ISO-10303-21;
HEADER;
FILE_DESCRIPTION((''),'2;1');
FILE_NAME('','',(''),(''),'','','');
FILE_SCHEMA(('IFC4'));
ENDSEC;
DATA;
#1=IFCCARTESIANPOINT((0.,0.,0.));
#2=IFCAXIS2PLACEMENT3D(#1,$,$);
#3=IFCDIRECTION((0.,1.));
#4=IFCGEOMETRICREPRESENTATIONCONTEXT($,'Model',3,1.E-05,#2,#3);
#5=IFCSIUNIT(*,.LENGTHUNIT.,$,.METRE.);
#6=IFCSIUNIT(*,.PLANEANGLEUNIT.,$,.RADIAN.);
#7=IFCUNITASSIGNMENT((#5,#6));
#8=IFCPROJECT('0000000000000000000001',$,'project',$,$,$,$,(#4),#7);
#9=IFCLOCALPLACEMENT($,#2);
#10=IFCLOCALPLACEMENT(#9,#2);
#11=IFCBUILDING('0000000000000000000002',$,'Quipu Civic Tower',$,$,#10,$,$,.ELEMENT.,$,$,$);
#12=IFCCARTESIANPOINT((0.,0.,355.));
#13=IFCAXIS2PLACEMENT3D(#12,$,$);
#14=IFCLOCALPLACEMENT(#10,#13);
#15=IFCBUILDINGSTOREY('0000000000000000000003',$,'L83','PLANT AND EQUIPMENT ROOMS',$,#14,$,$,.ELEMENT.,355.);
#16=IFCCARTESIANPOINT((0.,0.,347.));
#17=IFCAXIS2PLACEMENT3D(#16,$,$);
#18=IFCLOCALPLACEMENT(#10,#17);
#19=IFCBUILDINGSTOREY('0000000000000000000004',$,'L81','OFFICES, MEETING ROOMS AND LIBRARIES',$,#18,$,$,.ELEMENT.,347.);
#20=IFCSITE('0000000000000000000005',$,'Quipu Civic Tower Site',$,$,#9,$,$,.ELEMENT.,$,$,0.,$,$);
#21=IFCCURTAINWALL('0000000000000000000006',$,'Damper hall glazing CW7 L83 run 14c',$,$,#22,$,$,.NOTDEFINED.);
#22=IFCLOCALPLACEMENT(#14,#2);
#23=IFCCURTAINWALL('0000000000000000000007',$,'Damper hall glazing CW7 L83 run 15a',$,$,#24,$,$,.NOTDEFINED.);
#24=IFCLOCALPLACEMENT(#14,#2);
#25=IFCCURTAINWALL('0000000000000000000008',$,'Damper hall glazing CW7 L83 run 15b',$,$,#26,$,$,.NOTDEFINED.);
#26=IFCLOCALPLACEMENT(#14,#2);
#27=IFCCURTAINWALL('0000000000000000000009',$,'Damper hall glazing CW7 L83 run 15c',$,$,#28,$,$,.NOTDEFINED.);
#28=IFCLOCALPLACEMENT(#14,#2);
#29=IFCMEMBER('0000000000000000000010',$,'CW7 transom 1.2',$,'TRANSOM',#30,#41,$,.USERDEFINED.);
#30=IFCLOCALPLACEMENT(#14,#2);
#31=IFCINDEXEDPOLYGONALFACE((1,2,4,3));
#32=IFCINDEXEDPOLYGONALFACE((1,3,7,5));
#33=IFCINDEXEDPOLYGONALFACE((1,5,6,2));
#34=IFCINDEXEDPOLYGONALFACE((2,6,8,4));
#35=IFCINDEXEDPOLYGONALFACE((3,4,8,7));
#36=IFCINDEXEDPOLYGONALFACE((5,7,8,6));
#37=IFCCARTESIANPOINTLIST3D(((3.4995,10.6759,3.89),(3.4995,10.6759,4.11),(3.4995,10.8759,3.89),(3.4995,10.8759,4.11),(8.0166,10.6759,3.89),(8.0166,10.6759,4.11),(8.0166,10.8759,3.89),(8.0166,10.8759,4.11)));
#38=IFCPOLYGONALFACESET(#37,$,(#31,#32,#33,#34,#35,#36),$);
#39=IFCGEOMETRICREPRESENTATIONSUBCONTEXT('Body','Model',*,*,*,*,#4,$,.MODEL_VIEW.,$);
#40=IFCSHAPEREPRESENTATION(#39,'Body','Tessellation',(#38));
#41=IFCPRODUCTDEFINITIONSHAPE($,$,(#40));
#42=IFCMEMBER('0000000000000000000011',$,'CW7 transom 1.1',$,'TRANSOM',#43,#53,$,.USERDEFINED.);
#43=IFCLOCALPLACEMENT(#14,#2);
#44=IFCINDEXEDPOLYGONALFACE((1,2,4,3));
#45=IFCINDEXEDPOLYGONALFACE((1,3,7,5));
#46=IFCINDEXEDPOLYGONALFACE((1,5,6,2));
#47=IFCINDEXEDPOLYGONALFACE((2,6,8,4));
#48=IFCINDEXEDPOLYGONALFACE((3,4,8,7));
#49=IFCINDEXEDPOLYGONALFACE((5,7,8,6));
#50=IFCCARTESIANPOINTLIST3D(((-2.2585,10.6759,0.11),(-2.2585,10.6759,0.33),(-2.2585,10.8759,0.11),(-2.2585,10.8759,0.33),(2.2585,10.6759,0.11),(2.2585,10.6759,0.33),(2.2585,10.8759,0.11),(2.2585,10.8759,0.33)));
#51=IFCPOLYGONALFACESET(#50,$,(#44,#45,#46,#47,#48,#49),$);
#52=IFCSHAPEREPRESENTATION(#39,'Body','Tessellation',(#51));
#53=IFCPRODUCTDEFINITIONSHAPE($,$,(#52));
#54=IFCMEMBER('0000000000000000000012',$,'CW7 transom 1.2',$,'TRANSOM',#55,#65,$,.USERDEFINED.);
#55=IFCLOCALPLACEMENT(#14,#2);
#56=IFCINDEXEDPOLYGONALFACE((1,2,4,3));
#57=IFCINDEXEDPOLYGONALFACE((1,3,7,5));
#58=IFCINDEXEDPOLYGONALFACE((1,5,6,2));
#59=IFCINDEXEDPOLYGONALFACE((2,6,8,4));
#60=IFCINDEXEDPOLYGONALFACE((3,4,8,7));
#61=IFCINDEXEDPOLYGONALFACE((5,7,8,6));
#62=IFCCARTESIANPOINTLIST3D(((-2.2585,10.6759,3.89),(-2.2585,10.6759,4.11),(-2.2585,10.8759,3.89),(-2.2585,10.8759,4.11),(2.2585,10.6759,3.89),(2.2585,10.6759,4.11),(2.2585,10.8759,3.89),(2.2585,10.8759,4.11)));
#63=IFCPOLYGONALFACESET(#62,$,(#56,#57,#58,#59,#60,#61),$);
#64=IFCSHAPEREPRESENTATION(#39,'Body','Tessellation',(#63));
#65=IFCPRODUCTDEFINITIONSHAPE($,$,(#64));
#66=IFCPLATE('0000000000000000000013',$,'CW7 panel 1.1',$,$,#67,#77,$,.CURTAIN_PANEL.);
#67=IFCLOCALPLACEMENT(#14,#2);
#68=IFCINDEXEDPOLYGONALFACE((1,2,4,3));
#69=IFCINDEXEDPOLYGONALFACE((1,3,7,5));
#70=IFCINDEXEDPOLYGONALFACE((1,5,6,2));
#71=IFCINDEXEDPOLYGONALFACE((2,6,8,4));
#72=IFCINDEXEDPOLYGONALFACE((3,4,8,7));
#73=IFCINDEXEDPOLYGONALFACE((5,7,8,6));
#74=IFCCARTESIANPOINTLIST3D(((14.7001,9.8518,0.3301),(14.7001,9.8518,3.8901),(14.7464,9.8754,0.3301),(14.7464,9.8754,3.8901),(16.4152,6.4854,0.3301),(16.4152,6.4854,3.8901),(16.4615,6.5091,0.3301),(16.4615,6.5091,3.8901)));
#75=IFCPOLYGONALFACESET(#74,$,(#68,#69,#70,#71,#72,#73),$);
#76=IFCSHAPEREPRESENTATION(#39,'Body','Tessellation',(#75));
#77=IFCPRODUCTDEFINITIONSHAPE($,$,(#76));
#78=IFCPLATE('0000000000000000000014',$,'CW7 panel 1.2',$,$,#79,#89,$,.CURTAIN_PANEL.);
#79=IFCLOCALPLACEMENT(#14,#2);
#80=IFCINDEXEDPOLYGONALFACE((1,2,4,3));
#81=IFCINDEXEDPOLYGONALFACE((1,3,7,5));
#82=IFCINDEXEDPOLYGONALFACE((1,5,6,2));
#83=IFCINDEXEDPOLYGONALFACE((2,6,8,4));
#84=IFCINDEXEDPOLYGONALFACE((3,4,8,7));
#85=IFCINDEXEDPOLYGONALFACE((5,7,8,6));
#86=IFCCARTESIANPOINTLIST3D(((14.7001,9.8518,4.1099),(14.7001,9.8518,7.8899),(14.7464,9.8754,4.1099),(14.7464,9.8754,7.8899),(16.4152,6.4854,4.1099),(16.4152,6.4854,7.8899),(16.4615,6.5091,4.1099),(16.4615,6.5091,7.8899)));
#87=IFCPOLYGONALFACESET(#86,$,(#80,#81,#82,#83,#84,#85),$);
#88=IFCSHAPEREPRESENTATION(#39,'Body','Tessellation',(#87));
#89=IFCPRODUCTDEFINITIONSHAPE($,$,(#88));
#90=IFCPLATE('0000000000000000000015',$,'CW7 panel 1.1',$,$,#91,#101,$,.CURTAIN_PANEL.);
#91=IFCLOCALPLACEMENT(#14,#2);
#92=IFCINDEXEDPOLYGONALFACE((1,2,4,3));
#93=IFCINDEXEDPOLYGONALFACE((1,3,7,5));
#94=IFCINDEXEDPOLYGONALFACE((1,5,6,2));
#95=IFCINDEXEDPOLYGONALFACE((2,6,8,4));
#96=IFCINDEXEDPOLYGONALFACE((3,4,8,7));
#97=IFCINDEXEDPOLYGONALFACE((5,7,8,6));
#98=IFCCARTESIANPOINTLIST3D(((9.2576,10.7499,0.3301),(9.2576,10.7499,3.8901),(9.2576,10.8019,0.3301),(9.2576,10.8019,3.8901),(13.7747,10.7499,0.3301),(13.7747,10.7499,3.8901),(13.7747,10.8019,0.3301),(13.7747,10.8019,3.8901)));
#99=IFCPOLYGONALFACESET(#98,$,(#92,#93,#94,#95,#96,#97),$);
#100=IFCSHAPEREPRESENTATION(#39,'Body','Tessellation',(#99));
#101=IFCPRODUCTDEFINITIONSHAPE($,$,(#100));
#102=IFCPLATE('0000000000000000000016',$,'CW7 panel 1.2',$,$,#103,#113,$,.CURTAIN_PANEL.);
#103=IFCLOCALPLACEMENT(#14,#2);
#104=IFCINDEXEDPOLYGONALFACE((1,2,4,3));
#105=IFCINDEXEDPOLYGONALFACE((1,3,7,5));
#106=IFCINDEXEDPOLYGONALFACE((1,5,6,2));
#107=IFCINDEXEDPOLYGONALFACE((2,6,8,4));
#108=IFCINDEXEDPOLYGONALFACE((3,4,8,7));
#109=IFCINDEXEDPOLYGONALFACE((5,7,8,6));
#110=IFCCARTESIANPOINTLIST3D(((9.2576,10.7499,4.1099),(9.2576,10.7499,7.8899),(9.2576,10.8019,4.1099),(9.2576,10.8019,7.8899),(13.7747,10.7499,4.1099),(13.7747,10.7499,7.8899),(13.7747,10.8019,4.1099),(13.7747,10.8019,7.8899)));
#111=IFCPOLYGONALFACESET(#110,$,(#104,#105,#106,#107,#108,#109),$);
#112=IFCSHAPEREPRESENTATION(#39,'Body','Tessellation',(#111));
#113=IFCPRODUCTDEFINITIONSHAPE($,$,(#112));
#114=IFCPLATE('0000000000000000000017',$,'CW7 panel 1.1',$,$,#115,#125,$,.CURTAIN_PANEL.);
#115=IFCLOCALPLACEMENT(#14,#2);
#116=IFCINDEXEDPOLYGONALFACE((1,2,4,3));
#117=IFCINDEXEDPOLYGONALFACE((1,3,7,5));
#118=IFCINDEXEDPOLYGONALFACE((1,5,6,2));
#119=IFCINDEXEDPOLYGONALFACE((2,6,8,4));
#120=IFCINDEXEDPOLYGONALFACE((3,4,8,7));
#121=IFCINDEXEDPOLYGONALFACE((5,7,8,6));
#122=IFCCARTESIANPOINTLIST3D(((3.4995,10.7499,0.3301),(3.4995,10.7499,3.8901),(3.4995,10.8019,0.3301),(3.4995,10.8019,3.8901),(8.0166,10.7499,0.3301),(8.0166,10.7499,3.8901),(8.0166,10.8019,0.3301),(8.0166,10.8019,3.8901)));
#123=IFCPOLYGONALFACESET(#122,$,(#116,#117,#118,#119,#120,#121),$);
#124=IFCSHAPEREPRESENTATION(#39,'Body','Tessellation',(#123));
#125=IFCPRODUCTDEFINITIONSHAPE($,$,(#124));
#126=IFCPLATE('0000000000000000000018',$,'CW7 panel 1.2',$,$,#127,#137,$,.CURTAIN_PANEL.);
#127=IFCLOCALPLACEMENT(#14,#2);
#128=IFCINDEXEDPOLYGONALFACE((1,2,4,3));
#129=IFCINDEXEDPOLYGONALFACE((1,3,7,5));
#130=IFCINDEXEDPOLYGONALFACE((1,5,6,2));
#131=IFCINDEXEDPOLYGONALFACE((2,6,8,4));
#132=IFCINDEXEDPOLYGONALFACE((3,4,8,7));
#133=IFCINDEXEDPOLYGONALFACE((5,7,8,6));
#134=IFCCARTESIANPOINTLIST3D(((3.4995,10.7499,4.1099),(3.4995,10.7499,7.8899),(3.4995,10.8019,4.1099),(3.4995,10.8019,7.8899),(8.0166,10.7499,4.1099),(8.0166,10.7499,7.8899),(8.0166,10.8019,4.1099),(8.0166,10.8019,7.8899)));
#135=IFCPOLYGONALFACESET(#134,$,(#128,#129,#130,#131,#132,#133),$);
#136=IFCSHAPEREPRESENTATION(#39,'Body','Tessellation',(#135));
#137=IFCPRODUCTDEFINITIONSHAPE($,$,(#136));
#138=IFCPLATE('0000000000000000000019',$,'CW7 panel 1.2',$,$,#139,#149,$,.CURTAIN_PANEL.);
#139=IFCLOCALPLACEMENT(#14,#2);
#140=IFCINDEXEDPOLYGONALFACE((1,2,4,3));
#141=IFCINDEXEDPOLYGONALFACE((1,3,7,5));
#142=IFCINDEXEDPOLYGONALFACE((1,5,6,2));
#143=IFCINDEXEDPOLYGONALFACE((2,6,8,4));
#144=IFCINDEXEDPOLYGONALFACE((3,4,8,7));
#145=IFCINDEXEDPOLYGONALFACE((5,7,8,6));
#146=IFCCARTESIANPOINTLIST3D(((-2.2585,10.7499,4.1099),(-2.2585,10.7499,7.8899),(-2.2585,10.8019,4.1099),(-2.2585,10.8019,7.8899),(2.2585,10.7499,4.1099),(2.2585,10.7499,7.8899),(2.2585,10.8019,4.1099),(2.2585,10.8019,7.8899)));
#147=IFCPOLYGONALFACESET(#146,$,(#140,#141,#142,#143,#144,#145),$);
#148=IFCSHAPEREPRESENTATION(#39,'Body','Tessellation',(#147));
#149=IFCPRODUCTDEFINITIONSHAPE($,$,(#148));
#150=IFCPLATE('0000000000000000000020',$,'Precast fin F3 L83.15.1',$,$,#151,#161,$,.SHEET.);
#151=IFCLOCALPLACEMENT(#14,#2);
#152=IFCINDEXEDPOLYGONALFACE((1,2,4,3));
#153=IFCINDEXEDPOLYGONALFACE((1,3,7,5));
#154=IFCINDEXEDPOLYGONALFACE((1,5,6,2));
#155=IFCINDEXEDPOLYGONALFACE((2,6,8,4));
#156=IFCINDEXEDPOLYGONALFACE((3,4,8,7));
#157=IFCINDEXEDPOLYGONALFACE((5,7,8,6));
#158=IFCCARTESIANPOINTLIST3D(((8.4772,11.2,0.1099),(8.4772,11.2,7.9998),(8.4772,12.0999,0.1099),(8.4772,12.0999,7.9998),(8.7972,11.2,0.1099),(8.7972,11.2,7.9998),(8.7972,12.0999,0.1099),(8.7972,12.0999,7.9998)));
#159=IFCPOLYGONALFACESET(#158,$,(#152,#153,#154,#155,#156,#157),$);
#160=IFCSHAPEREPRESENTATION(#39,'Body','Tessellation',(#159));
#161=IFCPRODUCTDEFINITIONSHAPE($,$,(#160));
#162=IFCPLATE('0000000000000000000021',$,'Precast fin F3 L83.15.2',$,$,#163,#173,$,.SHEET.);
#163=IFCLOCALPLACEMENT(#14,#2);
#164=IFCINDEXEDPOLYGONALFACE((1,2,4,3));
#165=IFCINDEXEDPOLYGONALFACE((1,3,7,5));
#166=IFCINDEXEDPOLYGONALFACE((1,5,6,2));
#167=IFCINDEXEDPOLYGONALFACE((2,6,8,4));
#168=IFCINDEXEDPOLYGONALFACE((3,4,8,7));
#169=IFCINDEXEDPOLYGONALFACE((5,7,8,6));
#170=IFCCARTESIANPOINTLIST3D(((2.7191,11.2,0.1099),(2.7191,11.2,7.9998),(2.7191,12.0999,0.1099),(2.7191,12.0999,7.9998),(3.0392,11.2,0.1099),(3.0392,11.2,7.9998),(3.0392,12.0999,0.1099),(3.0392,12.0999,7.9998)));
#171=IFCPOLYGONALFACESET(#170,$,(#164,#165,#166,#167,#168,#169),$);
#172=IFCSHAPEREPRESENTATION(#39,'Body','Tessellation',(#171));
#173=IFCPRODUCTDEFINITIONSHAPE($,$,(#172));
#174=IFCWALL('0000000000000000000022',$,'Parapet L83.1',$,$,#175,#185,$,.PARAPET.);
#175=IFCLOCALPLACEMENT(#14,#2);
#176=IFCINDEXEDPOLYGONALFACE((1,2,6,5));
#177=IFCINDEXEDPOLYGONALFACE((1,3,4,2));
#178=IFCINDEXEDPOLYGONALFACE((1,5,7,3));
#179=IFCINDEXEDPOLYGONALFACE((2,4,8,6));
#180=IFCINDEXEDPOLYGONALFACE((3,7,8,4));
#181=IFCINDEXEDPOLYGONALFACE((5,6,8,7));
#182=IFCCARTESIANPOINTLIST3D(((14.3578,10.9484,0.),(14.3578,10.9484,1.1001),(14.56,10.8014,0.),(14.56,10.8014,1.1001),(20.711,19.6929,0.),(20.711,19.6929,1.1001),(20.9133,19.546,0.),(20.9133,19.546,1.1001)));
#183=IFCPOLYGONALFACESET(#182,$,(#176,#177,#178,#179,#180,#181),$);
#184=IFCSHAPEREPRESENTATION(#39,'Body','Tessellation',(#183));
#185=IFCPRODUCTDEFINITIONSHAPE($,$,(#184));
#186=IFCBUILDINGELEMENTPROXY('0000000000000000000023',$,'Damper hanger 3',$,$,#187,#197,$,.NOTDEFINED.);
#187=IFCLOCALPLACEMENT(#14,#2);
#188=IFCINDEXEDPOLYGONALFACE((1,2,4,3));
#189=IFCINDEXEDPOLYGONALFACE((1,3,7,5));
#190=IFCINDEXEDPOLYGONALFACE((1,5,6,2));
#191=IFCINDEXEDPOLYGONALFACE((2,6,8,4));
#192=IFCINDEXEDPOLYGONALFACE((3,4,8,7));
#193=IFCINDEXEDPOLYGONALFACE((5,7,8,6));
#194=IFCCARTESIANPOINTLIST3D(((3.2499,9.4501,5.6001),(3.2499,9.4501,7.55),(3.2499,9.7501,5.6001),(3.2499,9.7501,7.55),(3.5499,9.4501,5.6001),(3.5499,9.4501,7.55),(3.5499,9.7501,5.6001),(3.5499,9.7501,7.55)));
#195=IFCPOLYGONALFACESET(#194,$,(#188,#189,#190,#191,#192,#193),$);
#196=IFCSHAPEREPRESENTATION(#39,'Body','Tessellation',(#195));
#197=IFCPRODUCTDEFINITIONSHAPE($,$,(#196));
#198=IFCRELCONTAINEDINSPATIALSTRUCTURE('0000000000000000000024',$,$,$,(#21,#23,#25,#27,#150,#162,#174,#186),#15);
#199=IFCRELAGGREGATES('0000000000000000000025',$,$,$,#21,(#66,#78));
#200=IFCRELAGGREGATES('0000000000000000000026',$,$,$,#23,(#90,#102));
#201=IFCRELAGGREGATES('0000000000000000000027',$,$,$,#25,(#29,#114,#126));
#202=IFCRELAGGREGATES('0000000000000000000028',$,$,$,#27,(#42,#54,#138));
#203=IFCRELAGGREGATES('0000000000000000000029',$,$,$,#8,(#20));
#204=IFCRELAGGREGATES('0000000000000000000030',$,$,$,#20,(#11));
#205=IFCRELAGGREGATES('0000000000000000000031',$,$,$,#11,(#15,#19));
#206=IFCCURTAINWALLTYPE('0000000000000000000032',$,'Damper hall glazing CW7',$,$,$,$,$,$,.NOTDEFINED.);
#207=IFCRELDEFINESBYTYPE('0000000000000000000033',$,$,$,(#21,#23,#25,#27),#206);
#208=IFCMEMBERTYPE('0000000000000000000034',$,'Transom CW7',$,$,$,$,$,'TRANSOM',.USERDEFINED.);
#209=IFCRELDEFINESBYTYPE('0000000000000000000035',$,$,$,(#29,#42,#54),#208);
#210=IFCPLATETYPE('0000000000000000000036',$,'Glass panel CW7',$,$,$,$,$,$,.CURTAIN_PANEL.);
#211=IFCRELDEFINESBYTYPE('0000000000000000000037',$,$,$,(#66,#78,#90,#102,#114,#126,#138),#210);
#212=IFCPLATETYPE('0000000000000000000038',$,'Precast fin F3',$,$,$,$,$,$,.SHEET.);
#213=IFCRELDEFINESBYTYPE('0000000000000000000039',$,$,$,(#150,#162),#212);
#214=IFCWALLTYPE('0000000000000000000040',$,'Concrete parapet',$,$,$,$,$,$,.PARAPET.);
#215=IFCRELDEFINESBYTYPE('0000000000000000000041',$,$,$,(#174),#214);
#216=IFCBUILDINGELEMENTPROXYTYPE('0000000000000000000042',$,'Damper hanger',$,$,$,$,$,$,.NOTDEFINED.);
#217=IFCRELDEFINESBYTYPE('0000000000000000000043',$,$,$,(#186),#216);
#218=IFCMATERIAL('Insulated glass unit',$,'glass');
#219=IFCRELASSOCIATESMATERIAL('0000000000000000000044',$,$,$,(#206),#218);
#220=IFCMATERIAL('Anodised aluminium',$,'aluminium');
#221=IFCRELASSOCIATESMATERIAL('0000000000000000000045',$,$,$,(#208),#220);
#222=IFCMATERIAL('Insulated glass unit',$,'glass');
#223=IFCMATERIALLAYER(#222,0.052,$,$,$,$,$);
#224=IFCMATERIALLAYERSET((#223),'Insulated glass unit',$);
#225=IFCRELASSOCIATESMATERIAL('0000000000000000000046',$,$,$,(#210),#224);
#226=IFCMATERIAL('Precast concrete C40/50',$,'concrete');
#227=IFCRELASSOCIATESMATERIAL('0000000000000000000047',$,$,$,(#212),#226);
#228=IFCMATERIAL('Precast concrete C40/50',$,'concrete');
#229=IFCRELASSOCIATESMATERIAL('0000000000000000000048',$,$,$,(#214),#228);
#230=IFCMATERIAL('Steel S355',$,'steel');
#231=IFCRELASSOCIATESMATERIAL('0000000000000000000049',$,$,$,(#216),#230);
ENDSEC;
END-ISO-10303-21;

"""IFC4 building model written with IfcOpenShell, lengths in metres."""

from ifc_helpers import new_model, si_unit, direction, frame, frame_2d, origin, origin_2d, place, context, subcontext, project, spatial, rectangle, extrude, material, layer, layer_set, material_profile, profile_set, type_object, element, aggregate, save


model = new_model("IFC4")

# Units and contexts
model_context = context("Model", 3, precision=1e-05, world=origin(), true_north=direction((0.0, 1.0)))
body_context = subcontext(model_context, "Body", "Model", "MODEL_VIEW")
ifc_project = project(units=[si_unit("LENGTHUNIT", "METRE"), si_unit("PLANEANGLEUNIT", "RADIAN")], contexts=[model_context])

# Site, building, storey
site_placement = place(None, origin())
site = spatial("IfcSite", under=ifc_project, at=site_placement, Name="Quipu Civic Tower Site", CompositionType="ELEMENT", RefElevation=0.0)
building_placement = place(site_placement, origin())
building = spatial("IfcBuilding", under=site, at=building_placement, Name="Quipu Civic Tower", CompositionType="ELEMENT")
storey_1_placement = place(building_placement, frame((0.0, 0.0, 355.0)))
storey_1 = spatial("IfcBuildingStorey", under=building, at=storey_1_placement, Name="L83", Description="PLANT AND EQUIPMENT ROOMS", CompositionType="ELEMENT", Elevation=355.0)

# Curtain wall
ifc_material_1 = material(Name="Insulated glass unit", Category="glass")
curtain_wall_type_1 = type_object("IfcCurtainWallType", Name="Damper hall glazing CW7", PredefinedType="NOTDEFINED", material=ifc_material_1)
curtain_wall_1_placement = place(storey_1_placement, origin())
curtain_wall_1 = element("IfcCurtainWall", 1, at=curtain_wall_1_placement, inside=storey_1, type_object=curtain_wall_type_1, Name="Damper hall glazing CW7 L83 run 14c", PredefinedType="NOTDEFINED")

# Curtain walls
curtain_wall_2_placement = place(storey_1_placement, origin())
curtain_wall_2 = element("IfcCurtainWall", 2, at=curtain_wall_2_placement, inside=storey_1, type_object=curtain_wall_type_1, Name="Damper hall glazing CW7 L83 run 15a", PredefinedType="NOTDEFINED")
curtain_wall_3_placement = place(storey_1_placement, origin())
curtain_wall_3 = element("IfcCurtainWall", 3, at=curtain_wall_3_placement, inside=storey_1, type_object=curtain_wall_type_1, Name="Damper hall glazing CW7 L83 run 15b", PredefinedType="NOTDEFINED")

# Curtain wall
curtain_wall_4_placement = place(storey_1_placement, origin())
curtain_wall_4 = element("IfcCurtainWall", 4, at=curtain_wall_4_placement, inside=storey_1, type_object=curtain_wall_type_1, Name="Damper hall glazing CW7 L83 run 15c", PredefinedType="NOTDEFINED")

# Shared definitions
storey_2_placement = place(building_placement, frame((0.0, 0.0, 347.0)))
storey_2 = spatial("IfcBuildingStorey", under=building, at=storey_2_placement, Name="L81", Description="OFFICES, MEETING ROOMS AND LIBRARIES", CompositionType="ELEMENT", Elevation=347.0)

# Members
ifc_material_2 = material(Name="Anodised aluminium", Category="aluminium")
ifc_material_profile_1 = material_profile(ifc_material_2, rectangle(XDim=0.2, YDim=0.22, at=origin_2d()), Name="RECT 200x220")
ifc_profile_set_1 = profile_set([ifc_material_profile_1], Name="Anodised aluminium")
member_type_1 = type_object("IfcMemberType", Name="Transom CW7", ElementType="TRANSOM", PredefinedType="USERDEFINED", material=ifc_profile_set_1)
member_1_placement = place(storey_1_placement, frame((8.0166, 10.7759, 4.0), z_axis=(-1.0, 0.0, 0.0), x_axis=(0.0, -1.0, 0.0)))
member_1 = element("IfcMember", 5, at=member_1_placement, type_object=member_type_1, Name="CW7 transom 1.2", ObjectType="TRANSOM", PredefinedType="USERDEFINED", context=body_context, shape_type="SweptSolid", body=[
    extrude(rectangle(XDim=0.2, YDim=0.22, at=origin_2d()), origin(), (0.0, 0.0, 1.0), 4.5171),
])
member_2_placement = place(storey_1_placement, frame((2.2585, 10.7759, 0.22), z_axis=(-1.0, 0.0, 0.0), x_axis=(0.0, -1.0, 0.0)))
member_2 = element("IfcMember", 6, at=member_2_placement, type_object=member_type_1, Name="CW7 transom 1.1", ObjectType="TRANSOM", PredefinedType="USERDEFINED", context=body_context, shape_type="SweptSolid", body=[
    extrude(rectangle(XDim=0.2, YDim=0.22, at=origin_2d()), origin(), (0.0, 0.0, 1.0), 4.5171),
])
member_3_placement = place(storey_1_placement, frame((2.2585, 10.7759, 4.0), z_axis=(-1.0, 0.0, 0.0), x_axis=(0.0, -1.0, 0.0)))
member_3 = element("IfcMember", 7, at=member_3_placement, type_object=member_type_1, Name="CW7 transom 1.2", ObjectType="TRANSOM", PredefinedType="USERDEFINED", context=body_context, shape_type="SweptSolid", body=[
    extrude(rectangle(XDim=0.2, YDim=0.22, at=origin_2d()), origin(), (0.0, 0.0, 1.0), 4.5171),
])

# Plates
ifc_material_3 = material(Name="Insulated glass unit", Category="glass")
ifc_layer = layer(ifc_material_3, 0.052)
ifc_layer_set = layer_set([ifc_layer], Name="Insulated glass unit")
plate_type_1 = type_object("IfcPlateType", Name="Glass panel CW7", PredefinedType="CURTAIN_PANEL", material=ifc_layer_set)
plate_1_placement = place(storey_1_placement, frame((15.5808, 8.1804, 0.3301), z_axis=(0.0, 0.0, 1.0), x_axis=(-0.453967, 0.891018, 0.0)))
plate_1 = element("IfcPlate", 8, at=plate_1_placement, type_object=plate_type_1, Name="CW7 panel 1.1", PredefinedType="CURTAIN_PANEL", context=body_context, shape_type="SweptSolid", body=[
    extrude(rectangle(XDim=3.7781, YDim=0.052, at=origin_2d()), origin(), (0.0, 0.0, 1.0), 3.5601),
])
plate_2_placement = place(storey_1_placement, frame((15.5808, 8.1804, 4.1099), z_axis=(0.0, 0.0, 1.0), x_axis=(-0.453967, 0.891018, 0.0)))
plate_2 = element("IfcPlate", 9, at=plate_2_placement, type_object=plate_type_1, Name="CW7 panel 1.2", PredefinedType="CURTAIN_PANEL", context=body_context, shape_type="SweptSolid", body=[
    extrude(rectangle(XDim=3.7781, YDim=0.052, at=origin_2d()), origin(), (0.0, 0.0, 1.0), 3.78),
])
aggregate(curtain_wall_1, [plate_1, plate_2])
plate_3_placement = place(storey_1_placement, frame((11.5161, 10.7759, 0.3301), z_axis=(0.0, 0.0, 1.0), x_axis=(-1.0, 0.0, 0.0)))
plate_3 = element("IfcPlate", 10, at=plate_3_placement, type_object=plate_type_1, Name="CW7 panel 1.1", PredefinedType="CURTAIN_PANEL", context=body_context, shape_type="SweptSolid", body=[
    extrude(rectangle(XDim=4.5171, YDim=0.052, at=origin_2d()), origin(), (0.0, 0.0, 1.0), 3.5601),
])
plate_4_placement = place(storey_1_placement, frame((11.5161, 10.7759, 4.1099), z_axis=(0.0, 0.0, 1.0), x_axis=(-1.0, 0.0, 0.0)))
plate_4 = element("IfcPlate", 11, at=plate_4_placement, type_object=plate_type_1, Name="CW7 panel 1.2", PredefinedType="CURTAIN_PANEL", context=body_context, shape_type="SweptSolid", body=[
    extrude(rectangle(XDim=4.5171, YDim=0.052, at=origin_2d()), origin(), (0.0, 0.0, 1.0), 3.78),
])
aggregate(curtain_wall_2, [plate_3, plate_4])
plate_5_placement = place(storey_1_placement, frame((5.7581, 10.7759, 0.3301), z_axis=(0.0, 0.0, 1.0), x_axis=(-1.0, 0.0, 0.0)))
plate_5 = element("IfcPlate", 12, at=plate_5_placement, type_object=plate_type_1, Name="CW7 panel 1.1", PredefinedType="CURTAIN_PANEL", context=body_context, shape_type="SweptSolid", body=[
    extrude(rectangle(XDim=4.5171, YDim=0.052, at=origin_2d()), origin(), (0.0, 0.0, 1.0), 3.5601),
])
plate_6_placement = place(storey_1_placement, frame((5.7581, 10.7759, 4.1099), z_axis=(0.0, 0.0, 1.0), x_axis=(-1.0, 0.0, 0.0)))
plate_6 = element("IfcPlate", 13, at=plate_6_placement, type_object=plate_type_1, Name="CW7 panel 1.2", PredefinedType="CURTAIN_PANEL", context=body_context, shape_type="SweptSolid", body=[
    extrude(rectangle(XDim=4.5171, YDim=0.052, at=origin_2d()), origin(), (0.0, 0.0, 1.0), 3.78),
])
aggregate(curtain_wall_3, [member_1, plate_5, plate_6])
plate_7_placement = place(storey_1_placement, frame((0.0, 10.7759, 4.1099), z_axis=(0.0, 0.0, 1.0), x_axis=(-1.0, 0.0, 0.0)))
plate_7 = element("IfcPlate", 14, at=plate_7_placement, type_object=plate_type_1, Name="CW7 panel 1.2", PredefinedType="CURTAIN_PANEL", context=body_context, shape_type="SweptSolid", body=[
    extrude(rectangle(XDim=4.5171, YDim=0.052, at=origin_2d()), origin(), (0.0, 0.0, 1.0), 3.78),
])
aggregate(curtain_wall_4, [member_2, member_3, plate_7])

# Plates
ifc_material_4 = material(Name="Precast concrete C40/50", Category="concrete")
plate_type_2 = type_object("IfcPlateType", Name="Precast fin F3", PredefinedType="SHEET", material=ifc_material_4)
for number, where, z_axis, x_axis, name in (
    (15, (8.6372, 11.6499, 0.1099), (0.0, 0.0, 1.0), (-1.0, 0.0, 0.0), "Precast fin F3 L83.15.1"),
    (16, (2.8792, 11.6499, 0.1099), (0.0, 0.0, 1.0), (-1.0, 0.0, 0.0), "Precast fin F3 L83.15.2"),
):
    element("IfcPlate", number, at=place(storey_1_placement, frame(where, z_axis=z_axis, x_axis=x_axis)), inside=storey_1, type_object=plate_type_2, Name=name, PredefinedType="SHEET", context=body_context, shape_type="SweptSolid", body=[
        extrude(rectangle(XDim=0.3201, YDim=0.8999, at=origin_2d()), origin(), (0.0, 0.0, 1.0), 7.8899),
    ])

# Wall
ifc_material_5 = material(Name="Precast concrete C40/50", Category="concrete")
wall_type = type_object("IfcWallType", Name="Concrete parapet", PredefinedType="PARAPET", material=ifc_material_5)
wall_placement = place(storey_1_placement, frame((14.459, 10.875, 0.0), z_axis=(0.0, 0.0, 1.0), x_axis=(0.587781, 0.80902, 0.0)))
element("IfcWall", 17, at=wall_placement, inside=storey_1, type_object=wall_type, Name="Parapet L83.1", PredefinedType="PARAPET", context=body_context, shape_type="SweptSolid", body=[
    extrude(rectangle(XDim=10.8088, YDim=0.25, at=frame_2d((5.4043, 0.0))), origin(), (0.0, 0.0, 1.0), 1.1001),
])

# Building element proxy
ifc_material_6 = material(Name="Steel S355", Category="steel")
building_element_proxy_type = type_object("IfcBuildingElementProxyType", Name="Damper hanger", PredefinedType="NOTDEFINED", material=ifc_material_6)
proxy_placement = place(storey_1_placement, frame((3.3999, 9.6001, 5.6001), z_axis=(0.0, 0.0, 1.0), x_axis=(1.0, 0.0, 0.0)))
element("IfcBuildingElementProxy", 18, at=proxy_placement, inside=storey_1, type_object=building_element_proxy_type, Name="Damper hanger 3", PredefinedType="NOTDEFINED", context=body_context, shape_type="SweptSolid", body=[
    extrude(rectangle(XDim=0.3, YDim=0.3, at=origin_2d()), origin(), (0.0, 0.0, 1.0), 1.95),
])

save(model, "model.ifc")
